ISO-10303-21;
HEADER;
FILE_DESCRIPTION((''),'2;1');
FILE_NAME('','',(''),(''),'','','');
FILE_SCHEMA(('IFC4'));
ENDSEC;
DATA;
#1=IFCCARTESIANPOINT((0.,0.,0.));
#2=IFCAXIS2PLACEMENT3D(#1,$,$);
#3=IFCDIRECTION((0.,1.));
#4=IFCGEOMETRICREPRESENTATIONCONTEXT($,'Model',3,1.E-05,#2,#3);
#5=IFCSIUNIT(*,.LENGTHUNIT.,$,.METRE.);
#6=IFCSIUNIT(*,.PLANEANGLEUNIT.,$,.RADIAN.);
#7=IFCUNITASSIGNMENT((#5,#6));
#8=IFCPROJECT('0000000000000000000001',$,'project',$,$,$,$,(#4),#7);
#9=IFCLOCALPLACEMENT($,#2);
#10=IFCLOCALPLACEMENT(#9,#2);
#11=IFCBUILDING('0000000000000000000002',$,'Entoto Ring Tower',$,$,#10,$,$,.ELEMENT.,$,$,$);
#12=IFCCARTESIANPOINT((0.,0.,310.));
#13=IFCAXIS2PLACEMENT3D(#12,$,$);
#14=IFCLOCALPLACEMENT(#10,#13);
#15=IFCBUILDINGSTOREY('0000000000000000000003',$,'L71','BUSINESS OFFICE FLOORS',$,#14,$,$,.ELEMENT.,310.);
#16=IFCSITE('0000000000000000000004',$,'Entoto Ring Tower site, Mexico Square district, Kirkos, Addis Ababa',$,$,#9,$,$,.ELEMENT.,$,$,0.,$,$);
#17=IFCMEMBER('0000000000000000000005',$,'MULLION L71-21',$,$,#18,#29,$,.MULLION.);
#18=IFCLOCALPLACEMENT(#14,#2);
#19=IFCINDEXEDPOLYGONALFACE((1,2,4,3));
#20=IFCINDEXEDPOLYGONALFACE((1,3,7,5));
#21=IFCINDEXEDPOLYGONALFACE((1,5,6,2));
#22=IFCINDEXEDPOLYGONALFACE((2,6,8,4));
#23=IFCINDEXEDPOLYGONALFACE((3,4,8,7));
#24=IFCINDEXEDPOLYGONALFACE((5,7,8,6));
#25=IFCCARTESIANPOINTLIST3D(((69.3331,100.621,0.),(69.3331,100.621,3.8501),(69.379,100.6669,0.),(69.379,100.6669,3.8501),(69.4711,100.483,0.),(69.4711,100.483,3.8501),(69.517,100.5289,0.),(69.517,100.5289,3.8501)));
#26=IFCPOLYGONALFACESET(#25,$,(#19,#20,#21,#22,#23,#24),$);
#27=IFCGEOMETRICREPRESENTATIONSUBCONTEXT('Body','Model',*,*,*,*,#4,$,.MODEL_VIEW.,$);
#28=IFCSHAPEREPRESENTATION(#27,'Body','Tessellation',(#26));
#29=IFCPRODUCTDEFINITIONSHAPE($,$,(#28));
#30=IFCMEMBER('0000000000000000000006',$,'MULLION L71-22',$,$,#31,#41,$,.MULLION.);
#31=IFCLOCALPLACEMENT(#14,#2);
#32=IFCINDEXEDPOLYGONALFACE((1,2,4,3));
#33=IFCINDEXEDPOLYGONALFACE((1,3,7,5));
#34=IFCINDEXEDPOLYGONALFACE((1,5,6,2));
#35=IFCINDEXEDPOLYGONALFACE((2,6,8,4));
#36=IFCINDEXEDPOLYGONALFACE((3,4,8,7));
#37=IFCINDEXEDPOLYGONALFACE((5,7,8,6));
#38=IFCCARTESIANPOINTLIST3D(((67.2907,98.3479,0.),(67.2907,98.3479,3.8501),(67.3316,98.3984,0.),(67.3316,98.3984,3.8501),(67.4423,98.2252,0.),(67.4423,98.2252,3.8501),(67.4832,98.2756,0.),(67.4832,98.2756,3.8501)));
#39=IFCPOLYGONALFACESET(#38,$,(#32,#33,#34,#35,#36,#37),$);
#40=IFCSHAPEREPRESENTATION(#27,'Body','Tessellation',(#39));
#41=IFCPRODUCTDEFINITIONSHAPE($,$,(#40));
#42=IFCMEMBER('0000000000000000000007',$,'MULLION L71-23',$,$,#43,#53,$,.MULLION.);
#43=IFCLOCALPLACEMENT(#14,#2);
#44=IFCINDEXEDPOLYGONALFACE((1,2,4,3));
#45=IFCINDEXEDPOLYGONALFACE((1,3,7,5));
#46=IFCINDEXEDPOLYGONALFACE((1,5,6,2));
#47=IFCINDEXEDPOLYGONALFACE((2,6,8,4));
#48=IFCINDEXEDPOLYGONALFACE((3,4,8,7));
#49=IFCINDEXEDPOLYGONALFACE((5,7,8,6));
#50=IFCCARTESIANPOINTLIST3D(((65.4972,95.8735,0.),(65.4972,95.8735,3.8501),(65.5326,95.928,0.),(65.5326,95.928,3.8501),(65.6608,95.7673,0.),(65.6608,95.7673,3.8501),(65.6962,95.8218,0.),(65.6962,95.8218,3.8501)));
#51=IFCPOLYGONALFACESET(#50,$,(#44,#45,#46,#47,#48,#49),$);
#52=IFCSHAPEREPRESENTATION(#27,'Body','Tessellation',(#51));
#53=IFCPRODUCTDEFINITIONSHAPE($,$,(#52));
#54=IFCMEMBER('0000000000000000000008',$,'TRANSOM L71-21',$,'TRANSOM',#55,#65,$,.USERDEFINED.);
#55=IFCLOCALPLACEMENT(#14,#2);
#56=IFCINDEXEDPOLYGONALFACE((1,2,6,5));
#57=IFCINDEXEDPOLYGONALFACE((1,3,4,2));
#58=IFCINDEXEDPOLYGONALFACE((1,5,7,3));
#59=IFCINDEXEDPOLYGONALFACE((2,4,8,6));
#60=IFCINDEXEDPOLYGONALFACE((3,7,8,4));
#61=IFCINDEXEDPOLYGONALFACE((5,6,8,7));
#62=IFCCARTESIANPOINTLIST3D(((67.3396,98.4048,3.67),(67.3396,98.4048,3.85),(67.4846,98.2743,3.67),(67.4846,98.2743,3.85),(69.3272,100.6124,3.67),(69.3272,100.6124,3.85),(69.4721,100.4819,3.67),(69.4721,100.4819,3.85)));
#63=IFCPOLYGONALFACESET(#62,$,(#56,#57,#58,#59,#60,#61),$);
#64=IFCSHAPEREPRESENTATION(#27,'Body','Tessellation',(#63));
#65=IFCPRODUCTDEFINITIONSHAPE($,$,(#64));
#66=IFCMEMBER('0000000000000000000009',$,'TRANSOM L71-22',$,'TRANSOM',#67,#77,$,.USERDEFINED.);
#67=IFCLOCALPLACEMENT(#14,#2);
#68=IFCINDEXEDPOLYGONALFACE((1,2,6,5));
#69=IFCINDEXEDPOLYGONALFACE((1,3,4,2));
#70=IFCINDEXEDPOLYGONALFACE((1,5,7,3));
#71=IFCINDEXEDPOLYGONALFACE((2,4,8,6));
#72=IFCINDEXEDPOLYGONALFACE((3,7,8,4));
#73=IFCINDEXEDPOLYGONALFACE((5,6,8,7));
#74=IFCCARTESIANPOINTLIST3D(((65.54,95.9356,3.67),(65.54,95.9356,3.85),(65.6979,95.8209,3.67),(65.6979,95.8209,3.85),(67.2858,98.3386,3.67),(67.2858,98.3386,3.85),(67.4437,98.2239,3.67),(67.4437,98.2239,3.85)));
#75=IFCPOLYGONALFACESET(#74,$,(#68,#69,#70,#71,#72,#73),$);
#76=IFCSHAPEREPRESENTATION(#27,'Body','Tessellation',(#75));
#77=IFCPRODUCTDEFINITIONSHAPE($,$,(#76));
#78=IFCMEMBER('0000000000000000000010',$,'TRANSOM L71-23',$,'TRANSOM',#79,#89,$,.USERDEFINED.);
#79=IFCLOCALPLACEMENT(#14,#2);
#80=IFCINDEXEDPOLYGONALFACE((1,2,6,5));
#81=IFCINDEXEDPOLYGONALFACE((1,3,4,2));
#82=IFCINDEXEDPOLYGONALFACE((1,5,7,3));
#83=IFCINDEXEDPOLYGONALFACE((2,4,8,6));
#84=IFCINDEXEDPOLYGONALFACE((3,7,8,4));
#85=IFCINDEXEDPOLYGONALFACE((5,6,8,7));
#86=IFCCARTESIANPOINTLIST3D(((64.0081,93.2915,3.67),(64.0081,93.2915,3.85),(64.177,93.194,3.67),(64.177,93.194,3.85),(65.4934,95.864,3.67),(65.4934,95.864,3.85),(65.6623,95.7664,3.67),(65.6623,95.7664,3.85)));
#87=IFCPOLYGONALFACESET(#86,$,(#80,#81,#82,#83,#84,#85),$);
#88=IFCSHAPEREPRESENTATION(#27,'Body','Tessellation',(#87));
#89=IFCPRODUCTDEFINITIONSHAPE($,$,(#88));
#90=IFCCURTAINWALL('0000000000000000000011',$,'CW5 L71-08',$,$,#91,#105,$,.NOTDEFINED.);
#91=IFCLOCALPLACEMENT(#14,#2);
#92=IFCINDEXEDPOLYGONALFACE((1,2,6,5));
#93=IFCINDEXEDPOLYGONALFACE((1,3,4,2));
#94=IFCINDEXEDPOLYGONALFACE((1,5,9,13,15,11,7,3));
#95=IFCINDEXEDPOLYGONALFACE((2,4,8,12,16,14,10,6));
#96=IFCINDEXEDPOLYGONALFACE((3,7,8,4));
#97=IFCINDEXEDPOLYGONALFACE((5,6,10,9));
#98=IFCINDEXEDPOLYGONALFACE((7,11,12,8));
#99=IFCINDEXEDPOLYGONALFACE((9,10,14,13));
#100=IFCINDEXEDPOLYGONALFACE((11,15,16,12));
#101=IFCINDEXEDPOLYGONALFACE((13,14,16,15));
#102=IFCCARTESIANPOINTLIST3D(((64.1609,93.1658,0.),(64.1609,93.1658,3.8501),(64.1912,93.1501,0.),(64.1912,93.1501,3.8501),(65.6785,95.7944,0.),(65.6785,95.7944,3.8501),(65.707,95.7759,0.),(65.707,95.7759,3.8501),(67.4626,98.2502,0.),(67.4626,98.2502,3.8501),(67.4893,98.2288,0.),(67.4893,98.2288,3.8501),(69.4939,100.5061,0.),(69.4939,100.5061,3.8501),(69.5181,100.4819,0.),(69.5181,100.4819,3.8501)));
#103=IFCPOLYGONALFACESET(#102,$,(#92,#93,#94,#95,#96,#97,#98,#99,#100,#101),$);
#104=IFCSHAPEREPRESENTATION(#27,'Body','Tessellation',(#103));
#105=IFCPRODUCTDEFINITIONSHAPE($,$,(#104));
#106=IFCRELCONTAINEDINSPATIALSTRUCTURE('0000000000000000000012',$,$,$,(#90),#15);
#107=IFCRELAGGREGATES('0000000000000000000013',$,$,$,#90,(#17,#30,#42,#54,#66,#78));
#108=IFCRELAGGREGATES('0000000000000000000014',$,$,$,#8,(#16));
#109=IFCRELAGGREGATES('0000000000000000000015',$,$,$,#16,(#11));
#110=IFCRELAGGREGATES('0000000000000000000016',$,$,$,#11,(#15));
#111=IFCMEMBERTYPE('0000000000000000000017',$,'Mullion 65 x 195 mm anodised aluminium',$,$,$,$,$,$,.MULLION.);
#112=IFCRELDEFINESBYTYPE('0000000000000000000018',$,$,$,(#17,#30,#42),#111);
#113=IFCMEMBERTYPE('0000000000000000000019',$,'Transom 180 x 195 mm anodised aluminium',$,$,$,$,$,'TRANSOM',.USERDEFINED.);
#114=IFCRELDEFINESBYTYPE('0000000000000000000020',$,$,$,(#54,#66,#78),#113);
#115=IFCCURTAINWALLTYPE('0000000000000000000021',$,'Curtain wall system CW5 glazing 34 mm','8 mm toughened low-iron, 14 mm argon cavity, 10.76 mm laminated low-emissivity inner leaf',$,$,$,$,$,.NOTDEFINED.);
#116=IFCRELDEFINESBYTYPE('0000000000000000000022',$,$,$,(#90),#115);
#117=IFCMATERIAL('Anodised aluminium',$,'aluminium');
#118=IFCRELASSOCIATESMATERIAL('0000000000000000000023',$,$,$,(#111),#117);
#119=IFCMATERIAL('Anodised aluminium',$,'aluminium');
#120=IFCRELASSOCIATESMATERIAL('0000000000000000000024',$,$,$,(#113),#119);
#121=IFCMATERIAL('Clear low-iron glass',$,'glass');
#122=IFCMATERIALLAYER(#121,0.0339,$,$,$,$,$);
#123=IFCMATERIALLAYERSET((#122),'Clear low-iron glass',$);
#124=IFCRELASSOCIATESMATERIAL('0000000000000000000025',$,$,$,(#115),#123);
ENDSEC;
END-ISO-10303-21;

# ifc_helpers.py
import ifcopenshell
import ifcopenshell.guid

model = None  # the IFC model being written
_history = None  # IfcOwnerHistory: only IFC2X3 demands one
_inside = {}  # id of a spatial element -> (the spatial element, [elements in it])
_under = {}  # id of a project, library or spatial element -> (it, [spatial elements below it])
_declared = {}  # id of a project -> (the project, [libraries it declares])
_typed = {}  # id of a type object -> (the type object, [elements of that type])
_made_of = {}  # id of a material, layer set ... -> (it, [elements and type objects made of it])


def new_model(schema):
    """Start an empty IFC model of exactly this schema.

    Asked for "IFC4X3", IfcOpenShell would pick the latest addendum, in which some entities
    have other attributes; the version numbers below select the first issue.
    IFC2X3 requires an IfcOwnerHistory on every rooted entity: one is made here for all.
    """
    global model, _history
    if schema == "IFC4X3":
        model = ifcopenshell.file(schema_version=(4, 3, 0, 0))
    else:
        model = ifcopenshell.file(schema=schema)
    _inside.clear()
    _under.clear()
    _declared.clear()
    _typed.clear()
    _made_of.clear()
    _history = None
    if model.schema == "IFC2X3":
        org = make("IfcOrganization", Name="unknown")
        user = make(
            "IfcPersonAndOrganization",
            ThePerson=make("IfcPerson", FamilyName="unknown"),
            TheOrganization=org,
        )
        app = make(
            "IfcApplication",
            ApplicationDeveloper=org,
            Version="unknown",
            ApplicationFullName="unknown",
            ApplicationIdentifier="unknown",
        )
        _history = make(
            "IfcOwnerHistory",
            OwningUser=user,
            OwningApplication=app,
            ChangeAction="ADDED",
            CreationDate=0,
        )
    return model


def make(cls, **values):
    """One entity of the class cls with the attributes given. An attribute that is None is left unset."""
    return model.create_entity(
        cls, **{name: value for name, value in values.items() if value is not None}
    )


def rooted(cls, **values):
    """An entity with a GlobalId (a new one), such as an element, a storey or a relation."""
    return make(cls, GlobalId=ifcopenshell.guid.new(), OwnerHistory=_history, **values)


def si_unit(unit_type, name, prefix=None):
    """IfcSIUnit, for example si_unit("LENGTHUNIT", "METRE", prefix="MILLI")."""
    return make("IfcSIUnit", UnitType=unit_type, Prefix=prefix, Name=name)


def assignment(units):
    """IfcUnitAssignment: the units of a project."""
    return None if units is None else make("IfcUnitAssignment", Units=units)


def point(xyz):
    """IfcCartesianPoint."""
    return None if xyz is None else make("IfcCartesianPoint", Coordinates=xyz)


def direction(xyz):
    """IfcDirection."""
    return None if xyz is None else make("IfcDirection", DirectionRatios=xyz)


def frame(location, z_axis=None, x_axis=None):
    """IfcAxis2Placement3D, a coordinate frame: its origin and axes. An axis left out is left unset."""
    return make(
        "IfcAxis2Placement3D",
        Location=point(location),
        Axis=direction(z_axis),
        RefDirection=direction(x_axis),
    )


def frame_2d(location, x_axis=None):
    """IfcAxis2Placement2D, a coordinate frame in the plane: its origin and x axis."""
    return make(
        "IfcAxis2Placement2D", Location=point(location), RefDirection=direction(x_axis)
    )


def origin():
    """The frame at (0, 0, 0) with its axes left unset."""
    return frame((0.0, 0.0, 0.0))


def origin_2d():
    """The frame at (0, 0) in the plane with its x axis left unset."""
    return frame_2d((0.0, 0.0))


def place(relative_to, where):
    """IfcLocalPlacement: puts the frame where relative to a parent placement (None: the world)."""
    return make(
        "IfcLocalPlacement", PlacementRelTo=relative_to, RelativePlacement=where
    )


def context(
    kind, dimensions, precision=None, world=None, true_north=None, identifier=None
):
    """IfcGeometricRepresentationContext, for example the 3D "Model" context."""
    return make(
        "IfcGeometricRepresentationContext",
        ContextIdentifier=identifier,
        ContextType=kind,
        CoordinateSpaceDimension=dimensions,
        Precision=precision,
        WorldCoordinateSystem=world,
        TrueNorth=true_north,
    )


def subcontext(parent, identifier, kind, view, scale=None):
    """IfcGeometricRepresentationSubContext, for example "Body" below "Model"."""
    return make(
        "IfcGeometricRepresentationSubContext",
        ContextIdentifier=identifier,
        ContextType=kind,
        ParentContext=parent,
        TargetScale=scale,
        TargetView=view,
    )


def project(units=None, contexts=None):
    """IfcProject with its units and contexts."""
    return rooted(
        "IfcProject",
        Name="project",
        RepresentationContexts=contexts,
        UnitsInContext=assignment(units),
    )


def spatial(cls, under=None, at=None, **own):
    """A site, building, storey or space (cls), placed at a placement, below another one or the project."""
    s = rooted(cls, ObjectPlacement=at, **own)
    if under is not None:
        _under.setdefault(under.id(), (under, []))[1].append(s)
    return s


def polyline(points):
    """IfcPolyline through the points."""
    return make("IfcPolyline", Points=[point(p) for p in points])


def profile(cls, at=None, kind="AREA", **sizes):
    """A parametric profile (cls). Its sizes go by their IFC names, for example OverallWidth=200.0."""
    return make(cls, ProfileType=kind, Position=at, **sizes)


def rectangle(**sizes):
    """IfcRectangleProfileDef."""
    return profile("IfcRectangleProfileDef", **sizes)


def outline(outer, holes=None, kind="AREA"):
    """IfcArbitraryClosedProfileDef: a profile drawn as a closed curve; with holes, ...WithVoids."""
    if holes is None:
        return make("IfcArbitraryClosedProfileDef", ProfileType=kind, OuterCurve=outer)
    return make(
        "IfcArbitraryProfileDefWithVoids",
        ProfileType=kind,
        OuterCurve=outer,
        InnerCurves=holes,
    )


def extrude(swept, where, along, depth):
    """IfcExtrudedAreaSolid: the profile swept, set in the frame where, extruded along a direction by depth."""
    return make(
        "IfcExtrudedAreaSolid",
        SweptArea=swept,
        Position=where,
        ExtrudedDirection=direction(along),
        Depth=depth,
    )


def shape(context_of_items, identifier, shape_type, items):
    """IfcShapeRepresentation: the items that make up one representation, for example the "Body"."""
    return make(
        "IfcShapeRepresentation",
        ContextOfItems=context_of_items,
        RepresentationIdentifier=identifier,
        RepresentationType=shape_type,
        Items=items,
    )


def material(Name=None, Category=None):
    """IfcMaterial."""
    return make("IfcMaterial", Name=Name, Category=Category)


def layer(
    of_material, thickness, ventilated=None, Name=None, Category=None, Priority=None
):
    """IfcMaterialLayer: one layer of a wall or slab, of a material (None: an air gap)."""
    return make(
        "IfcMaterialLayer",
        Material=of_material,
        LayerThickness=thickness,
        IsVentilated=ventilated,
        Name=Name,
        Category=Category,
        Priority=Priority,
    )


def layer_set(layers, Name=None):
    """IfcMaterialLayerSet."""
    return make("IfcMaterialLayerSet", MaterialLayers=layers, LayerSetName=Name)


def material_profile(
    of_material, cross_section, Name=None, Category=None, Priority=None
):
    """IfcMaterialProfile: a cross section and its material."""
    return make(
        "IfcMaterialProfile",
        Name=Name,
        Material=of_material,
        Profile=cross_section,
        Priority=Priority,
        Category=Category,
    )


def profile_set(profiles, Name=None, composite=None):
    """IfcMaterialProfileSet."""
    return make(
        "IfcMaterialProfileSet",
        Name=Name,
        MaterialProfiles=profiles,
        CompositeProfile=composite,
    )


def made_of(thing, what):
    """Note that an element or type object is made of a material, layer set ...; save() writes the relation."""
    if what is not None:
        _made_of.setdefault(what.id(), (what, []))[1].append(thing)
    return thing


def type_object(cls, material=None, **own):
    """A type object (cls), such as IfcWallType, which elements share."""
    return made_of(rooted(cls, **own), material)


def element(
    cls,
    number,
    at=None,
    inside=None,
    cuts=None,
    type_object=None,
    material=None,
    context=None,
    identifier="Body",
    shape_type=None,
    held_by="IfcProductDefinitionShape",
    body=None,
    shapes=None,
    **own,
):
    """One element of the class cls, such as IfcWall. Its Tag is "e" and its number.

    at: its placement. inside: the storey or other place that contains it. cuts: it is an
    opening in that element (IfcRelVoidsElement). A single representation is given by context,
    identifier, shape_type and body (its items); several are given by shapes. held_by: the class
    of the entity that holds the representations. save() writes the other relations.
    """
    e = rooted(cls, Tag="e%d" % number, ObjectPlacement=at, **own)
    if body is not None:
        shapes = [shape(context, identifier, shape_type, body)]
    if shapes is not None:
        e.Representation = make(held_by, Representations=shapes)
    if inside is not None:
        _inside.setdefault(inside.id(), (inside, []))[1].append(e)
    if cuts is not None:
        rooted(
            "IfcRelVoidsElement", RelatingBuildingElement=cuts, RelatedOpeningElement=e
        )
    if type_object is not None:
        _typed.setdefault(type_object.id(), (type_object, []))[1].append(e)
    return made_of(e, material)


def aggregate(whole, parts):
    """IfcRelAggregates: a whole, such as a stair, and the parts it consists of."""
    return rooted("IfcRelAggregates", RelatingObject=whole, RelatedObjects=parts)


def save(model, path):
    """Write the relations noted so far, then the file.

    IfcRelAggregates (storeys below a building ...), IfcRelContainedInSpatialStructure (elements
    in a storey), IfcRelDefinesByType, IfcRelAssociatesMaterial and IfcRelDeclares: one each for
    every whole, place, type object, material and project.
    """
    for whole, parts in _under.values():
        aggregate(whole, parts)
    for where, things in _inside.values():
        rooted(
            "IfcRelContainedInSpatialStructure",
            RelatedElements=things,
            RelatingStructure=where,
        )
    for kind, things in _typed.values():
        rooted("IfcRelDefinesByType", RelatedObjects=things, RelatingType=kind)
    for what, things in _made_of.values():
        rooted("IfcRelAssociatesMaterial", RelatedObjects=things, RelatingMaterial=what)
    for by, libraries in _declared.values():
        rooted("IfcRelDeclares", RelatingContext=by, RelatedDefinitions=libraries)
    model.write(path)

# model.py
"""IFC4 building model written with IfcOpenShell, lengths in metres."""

from ifc_helpers import new_model, si_unit, direction, frame, origin, origin_2d, place, context, subcontext, project, spatial, polyline, rectangle, outline, extrude, material, layer, layer_set, material_profile, profile_set, type_object, element, aggregate, save


model = new_model("IFC4")

# Units and contexts
model_context = context("Model", 3, precision=1e-05, world=origin(), true_north=direction((0.0, 1.0)))
body_context = subcontext(model_context, "Body", "Model", "MODEL_VIEW")
ifc_project = project(units=[si_unit("LENGTHUNIT", "METRE"), si_unit("PLANEANGLEUNIT", "RADIAN")], contexts=[model_context])

# Members
ifc_material_1 = material(Name="Anodised aluminium", Category="aluminium")
ifc_material_profile_1 = material_profile(ifc_material_1, rectangle(XDim=0.0649, YDim=0.1951, at=origin_2d()), Name="Mullion 65 x 195 mm anodised aluminium")
ifc_profile_set_1 = profile_set([ifc_material_profile_1], Name="Anodised aluminium")
member_type_1 = type_object("IfcMemberType", Name="Mullion 65 x 195 mm anodised aluminium", PredefinedType="MULLION", material=ifc_profile_set_1)
site_placement = place(None, origin())
building_placement = place(site_placement, origin())
storey_placement = place(building_placement, frame((0.0, 0.0, 310.0)))
member_1_placement = place(storey_placement, frame((69.425, 100.575, 0.0), z_axis=(0.0, 0.0, 1.0), x_axis=(-0.707107, -0.707107, 0.0)))
member_1 = element("IfcMember", 1, at=member_1_placement, type_object=member_type_1, Name="MULLION L71-21", PredefinedType="MULLION", context=body_context, shape_type="SweptSolid", body=[
    extrude(rectangle(XDim=0.0649, YDim=0.1951, at=origin_2d()), origin(), (0.0, 0.0, 1.0), 3.8501),
])
member_2_placement = place(storey_placement, frame((67.387, 98.3118, 0.0), z_axis=(0.0, 0.0, 1.0), x_axis=(-0.62932, -0.777146, 0.0)))
member_2 = element("IfcMember", 2, at=member_2_placement, type_object=member_type_1, Name="MULLION L71-22", PredefinedType="MULLION", context=body_context, shape_type="SweptSolid", body=[
    extrude(rectangle(XDim=0.0649, YDim=0.1951, at=origin_2d()), origin(), (0.0, 0.0, 1.0), 3.8501),
])
member_3_placement = place(storey_placement, frame((65.5967, 95.8477, 0.0), z_axis=(0.0, 0.0, 1.0), x_axis=(-0.544639, -0.838671, 0.0)))
member_3 = element("IfcMember", 3, at=member_3_placement, type_object=member_type_1, Name="MULLION L71-23", PredefinedType="MULLION", context=body_context, shape_type="SweptSolid", body=[
    extrude(rectangle(XDim=0.0649, YDim=0.1951, at=origin_2d()), origin(), (0.0, 0.0, 1.0), 3.8501),
])
ifc_material_2 = material(Name="Anodised aluminium", Category="aluminium")
ifc_material_profile_2 = material_profile(ifc_material_2, rectangle(XDim=0.1951, YDim=0.1799, at=origin_2d()), Name="Transom 180 x 195 mm anodised aluminium")
ifc_profile_set_2 = profile_set([ifc_material_profile_2], Name="Anodised aluminium")
member_type_2 = type_object("IfcMemberType", Name="Transom 180 x 195 mm anodised aluminium", ElementType="TRANSOM", PredefinedType="USERDEFINED", material=ifc_profile_set_2)
member_4_placement = place(storey_placement, frame((69.3997, 100.5471, 3.76), z_axis=(-0.66911, -0.743163, 0.0), x_axis=(0.743163, -0.66911, 0.0)))
member_4 = element("IfcMember", 4, at=member_4_placement, type_object=member_type_2, Name="TRANSOM L71-21", ObjectType="TRANSOM", PredefinedType="USERDEFINED", context=body_context, shape_type="SweptSolid", body=[
    extrude(rectangle(XDim=0.1951, YDim=0.1799, at=origin_2d()), origin(), (0.0, 0.0, 1.0), 2.9705),
])
member_5_placement = place(storey_placement, frame((67.3647, 98.2812, 3.76), z_axis=(-0.587766, -0.809031, 0.0), x_axis=(0.809031, -0.587766, 0.0)))
member_5 = element("IfcMember", 5, at=member_5_placement, type_object=member_type_2, Name="TRANSOM L71-22", ObjectType="TRANSOM", PredefinedType="USERDEFINED", context=body_context, shape_type="SweptSolid", body=[
    extrude(rectangle(XDim=0.1951, YDim=0.1799, at=origin_2d()), origin(), (0.0, 0.0, 1.0), 2.9702),
])
member_6_placement = place(storey_placement, frame((65.5779, 95.8152, 3.76), z_axis=(-0.500028, -0.866009, 0.0), x_axis=(0.866009, -0.500028, 0.0)))
member_6 = element("IfcMember", 6, at=member_6_placement, type_object=member_type_2, Name="TRANSOM L71-23", ObjectType="TRANSOM", PredefinedType="USERDEFINED", context=body_context, shape_type="SweptSolid", body=[
    extrude(rectangle(XDim=0.1951, YDim=0.1799, at=origin_2d()), origin(), (0.0, 0.0, 1.0), 2.9705),
])

# Site, building, storey
site = spatial("IfcSite", under=ifc_project, at=site_placement, Name="Entoto Ring Tower site, Mexico Square district, Kirkos, Addis Ababa", CompositionType="ELEMENT", RefElevation=0.0)
building = spatial("IfcBuilding", under=site, at=building_placement, Name="Entoto Ring Tower", CompositionType="ELEMENT")
storey = spatial("IfcBuildingStorey", under=building, at=storey_placement, Name="L71", Description="BUSINESS OFFICE FLOORS", CompositionType="ELEMENT", Elevation=310.0)

# Curtain wall
ifc_material_3 = material(Name="Clear low-iron glass", Category="glass")
ifc_layer = layer(ifc_material_3, 0.0339)
ifc_layer_set = layer_set([ifc_layer], Name="Clear low-iron glass")
curtain_wall_type = type_object("IfcCurtainWallType", Name="Curtain wall system CW5 glazing 34 mm", Description="8 mm toughened low-iron, 14 mm argon cavity, 10.76 mm laminated low-emissivity inner leaf", PredefinedType="NOTDEFINED", material=ifc_layer_set)
curtain_wall_1_placement = place(storey_placement, origin())
curtain_wall_1 = element("IfcCurtainWall", 7, at=curtain_wall_1_placement, inside=storey, type_object=curtain_wall_type, Name="CW5 L71-08", PredefinedType="NOTDEFINED", context=body_context, shape_type="SweptSolid", body=[
    extrude(outline(polyline([(69.4939, 100.5061), (67.4626, 98.2502), (65.6785, 95.7944), (64.1609, 93.1658), (64.1912, 93.1501), (65.707, 95.7759), (67.4893, 98.2288), (69.5181, 100.4819), (69.4939, 100.5061)])), origin(), (0.0, 0.0, 1.0), 3.8501),
])
aggregate(curtain_wall_1, [member_1, member_2, member_3, member_4, member_5, member_6])

save(model, "model.ifc")
